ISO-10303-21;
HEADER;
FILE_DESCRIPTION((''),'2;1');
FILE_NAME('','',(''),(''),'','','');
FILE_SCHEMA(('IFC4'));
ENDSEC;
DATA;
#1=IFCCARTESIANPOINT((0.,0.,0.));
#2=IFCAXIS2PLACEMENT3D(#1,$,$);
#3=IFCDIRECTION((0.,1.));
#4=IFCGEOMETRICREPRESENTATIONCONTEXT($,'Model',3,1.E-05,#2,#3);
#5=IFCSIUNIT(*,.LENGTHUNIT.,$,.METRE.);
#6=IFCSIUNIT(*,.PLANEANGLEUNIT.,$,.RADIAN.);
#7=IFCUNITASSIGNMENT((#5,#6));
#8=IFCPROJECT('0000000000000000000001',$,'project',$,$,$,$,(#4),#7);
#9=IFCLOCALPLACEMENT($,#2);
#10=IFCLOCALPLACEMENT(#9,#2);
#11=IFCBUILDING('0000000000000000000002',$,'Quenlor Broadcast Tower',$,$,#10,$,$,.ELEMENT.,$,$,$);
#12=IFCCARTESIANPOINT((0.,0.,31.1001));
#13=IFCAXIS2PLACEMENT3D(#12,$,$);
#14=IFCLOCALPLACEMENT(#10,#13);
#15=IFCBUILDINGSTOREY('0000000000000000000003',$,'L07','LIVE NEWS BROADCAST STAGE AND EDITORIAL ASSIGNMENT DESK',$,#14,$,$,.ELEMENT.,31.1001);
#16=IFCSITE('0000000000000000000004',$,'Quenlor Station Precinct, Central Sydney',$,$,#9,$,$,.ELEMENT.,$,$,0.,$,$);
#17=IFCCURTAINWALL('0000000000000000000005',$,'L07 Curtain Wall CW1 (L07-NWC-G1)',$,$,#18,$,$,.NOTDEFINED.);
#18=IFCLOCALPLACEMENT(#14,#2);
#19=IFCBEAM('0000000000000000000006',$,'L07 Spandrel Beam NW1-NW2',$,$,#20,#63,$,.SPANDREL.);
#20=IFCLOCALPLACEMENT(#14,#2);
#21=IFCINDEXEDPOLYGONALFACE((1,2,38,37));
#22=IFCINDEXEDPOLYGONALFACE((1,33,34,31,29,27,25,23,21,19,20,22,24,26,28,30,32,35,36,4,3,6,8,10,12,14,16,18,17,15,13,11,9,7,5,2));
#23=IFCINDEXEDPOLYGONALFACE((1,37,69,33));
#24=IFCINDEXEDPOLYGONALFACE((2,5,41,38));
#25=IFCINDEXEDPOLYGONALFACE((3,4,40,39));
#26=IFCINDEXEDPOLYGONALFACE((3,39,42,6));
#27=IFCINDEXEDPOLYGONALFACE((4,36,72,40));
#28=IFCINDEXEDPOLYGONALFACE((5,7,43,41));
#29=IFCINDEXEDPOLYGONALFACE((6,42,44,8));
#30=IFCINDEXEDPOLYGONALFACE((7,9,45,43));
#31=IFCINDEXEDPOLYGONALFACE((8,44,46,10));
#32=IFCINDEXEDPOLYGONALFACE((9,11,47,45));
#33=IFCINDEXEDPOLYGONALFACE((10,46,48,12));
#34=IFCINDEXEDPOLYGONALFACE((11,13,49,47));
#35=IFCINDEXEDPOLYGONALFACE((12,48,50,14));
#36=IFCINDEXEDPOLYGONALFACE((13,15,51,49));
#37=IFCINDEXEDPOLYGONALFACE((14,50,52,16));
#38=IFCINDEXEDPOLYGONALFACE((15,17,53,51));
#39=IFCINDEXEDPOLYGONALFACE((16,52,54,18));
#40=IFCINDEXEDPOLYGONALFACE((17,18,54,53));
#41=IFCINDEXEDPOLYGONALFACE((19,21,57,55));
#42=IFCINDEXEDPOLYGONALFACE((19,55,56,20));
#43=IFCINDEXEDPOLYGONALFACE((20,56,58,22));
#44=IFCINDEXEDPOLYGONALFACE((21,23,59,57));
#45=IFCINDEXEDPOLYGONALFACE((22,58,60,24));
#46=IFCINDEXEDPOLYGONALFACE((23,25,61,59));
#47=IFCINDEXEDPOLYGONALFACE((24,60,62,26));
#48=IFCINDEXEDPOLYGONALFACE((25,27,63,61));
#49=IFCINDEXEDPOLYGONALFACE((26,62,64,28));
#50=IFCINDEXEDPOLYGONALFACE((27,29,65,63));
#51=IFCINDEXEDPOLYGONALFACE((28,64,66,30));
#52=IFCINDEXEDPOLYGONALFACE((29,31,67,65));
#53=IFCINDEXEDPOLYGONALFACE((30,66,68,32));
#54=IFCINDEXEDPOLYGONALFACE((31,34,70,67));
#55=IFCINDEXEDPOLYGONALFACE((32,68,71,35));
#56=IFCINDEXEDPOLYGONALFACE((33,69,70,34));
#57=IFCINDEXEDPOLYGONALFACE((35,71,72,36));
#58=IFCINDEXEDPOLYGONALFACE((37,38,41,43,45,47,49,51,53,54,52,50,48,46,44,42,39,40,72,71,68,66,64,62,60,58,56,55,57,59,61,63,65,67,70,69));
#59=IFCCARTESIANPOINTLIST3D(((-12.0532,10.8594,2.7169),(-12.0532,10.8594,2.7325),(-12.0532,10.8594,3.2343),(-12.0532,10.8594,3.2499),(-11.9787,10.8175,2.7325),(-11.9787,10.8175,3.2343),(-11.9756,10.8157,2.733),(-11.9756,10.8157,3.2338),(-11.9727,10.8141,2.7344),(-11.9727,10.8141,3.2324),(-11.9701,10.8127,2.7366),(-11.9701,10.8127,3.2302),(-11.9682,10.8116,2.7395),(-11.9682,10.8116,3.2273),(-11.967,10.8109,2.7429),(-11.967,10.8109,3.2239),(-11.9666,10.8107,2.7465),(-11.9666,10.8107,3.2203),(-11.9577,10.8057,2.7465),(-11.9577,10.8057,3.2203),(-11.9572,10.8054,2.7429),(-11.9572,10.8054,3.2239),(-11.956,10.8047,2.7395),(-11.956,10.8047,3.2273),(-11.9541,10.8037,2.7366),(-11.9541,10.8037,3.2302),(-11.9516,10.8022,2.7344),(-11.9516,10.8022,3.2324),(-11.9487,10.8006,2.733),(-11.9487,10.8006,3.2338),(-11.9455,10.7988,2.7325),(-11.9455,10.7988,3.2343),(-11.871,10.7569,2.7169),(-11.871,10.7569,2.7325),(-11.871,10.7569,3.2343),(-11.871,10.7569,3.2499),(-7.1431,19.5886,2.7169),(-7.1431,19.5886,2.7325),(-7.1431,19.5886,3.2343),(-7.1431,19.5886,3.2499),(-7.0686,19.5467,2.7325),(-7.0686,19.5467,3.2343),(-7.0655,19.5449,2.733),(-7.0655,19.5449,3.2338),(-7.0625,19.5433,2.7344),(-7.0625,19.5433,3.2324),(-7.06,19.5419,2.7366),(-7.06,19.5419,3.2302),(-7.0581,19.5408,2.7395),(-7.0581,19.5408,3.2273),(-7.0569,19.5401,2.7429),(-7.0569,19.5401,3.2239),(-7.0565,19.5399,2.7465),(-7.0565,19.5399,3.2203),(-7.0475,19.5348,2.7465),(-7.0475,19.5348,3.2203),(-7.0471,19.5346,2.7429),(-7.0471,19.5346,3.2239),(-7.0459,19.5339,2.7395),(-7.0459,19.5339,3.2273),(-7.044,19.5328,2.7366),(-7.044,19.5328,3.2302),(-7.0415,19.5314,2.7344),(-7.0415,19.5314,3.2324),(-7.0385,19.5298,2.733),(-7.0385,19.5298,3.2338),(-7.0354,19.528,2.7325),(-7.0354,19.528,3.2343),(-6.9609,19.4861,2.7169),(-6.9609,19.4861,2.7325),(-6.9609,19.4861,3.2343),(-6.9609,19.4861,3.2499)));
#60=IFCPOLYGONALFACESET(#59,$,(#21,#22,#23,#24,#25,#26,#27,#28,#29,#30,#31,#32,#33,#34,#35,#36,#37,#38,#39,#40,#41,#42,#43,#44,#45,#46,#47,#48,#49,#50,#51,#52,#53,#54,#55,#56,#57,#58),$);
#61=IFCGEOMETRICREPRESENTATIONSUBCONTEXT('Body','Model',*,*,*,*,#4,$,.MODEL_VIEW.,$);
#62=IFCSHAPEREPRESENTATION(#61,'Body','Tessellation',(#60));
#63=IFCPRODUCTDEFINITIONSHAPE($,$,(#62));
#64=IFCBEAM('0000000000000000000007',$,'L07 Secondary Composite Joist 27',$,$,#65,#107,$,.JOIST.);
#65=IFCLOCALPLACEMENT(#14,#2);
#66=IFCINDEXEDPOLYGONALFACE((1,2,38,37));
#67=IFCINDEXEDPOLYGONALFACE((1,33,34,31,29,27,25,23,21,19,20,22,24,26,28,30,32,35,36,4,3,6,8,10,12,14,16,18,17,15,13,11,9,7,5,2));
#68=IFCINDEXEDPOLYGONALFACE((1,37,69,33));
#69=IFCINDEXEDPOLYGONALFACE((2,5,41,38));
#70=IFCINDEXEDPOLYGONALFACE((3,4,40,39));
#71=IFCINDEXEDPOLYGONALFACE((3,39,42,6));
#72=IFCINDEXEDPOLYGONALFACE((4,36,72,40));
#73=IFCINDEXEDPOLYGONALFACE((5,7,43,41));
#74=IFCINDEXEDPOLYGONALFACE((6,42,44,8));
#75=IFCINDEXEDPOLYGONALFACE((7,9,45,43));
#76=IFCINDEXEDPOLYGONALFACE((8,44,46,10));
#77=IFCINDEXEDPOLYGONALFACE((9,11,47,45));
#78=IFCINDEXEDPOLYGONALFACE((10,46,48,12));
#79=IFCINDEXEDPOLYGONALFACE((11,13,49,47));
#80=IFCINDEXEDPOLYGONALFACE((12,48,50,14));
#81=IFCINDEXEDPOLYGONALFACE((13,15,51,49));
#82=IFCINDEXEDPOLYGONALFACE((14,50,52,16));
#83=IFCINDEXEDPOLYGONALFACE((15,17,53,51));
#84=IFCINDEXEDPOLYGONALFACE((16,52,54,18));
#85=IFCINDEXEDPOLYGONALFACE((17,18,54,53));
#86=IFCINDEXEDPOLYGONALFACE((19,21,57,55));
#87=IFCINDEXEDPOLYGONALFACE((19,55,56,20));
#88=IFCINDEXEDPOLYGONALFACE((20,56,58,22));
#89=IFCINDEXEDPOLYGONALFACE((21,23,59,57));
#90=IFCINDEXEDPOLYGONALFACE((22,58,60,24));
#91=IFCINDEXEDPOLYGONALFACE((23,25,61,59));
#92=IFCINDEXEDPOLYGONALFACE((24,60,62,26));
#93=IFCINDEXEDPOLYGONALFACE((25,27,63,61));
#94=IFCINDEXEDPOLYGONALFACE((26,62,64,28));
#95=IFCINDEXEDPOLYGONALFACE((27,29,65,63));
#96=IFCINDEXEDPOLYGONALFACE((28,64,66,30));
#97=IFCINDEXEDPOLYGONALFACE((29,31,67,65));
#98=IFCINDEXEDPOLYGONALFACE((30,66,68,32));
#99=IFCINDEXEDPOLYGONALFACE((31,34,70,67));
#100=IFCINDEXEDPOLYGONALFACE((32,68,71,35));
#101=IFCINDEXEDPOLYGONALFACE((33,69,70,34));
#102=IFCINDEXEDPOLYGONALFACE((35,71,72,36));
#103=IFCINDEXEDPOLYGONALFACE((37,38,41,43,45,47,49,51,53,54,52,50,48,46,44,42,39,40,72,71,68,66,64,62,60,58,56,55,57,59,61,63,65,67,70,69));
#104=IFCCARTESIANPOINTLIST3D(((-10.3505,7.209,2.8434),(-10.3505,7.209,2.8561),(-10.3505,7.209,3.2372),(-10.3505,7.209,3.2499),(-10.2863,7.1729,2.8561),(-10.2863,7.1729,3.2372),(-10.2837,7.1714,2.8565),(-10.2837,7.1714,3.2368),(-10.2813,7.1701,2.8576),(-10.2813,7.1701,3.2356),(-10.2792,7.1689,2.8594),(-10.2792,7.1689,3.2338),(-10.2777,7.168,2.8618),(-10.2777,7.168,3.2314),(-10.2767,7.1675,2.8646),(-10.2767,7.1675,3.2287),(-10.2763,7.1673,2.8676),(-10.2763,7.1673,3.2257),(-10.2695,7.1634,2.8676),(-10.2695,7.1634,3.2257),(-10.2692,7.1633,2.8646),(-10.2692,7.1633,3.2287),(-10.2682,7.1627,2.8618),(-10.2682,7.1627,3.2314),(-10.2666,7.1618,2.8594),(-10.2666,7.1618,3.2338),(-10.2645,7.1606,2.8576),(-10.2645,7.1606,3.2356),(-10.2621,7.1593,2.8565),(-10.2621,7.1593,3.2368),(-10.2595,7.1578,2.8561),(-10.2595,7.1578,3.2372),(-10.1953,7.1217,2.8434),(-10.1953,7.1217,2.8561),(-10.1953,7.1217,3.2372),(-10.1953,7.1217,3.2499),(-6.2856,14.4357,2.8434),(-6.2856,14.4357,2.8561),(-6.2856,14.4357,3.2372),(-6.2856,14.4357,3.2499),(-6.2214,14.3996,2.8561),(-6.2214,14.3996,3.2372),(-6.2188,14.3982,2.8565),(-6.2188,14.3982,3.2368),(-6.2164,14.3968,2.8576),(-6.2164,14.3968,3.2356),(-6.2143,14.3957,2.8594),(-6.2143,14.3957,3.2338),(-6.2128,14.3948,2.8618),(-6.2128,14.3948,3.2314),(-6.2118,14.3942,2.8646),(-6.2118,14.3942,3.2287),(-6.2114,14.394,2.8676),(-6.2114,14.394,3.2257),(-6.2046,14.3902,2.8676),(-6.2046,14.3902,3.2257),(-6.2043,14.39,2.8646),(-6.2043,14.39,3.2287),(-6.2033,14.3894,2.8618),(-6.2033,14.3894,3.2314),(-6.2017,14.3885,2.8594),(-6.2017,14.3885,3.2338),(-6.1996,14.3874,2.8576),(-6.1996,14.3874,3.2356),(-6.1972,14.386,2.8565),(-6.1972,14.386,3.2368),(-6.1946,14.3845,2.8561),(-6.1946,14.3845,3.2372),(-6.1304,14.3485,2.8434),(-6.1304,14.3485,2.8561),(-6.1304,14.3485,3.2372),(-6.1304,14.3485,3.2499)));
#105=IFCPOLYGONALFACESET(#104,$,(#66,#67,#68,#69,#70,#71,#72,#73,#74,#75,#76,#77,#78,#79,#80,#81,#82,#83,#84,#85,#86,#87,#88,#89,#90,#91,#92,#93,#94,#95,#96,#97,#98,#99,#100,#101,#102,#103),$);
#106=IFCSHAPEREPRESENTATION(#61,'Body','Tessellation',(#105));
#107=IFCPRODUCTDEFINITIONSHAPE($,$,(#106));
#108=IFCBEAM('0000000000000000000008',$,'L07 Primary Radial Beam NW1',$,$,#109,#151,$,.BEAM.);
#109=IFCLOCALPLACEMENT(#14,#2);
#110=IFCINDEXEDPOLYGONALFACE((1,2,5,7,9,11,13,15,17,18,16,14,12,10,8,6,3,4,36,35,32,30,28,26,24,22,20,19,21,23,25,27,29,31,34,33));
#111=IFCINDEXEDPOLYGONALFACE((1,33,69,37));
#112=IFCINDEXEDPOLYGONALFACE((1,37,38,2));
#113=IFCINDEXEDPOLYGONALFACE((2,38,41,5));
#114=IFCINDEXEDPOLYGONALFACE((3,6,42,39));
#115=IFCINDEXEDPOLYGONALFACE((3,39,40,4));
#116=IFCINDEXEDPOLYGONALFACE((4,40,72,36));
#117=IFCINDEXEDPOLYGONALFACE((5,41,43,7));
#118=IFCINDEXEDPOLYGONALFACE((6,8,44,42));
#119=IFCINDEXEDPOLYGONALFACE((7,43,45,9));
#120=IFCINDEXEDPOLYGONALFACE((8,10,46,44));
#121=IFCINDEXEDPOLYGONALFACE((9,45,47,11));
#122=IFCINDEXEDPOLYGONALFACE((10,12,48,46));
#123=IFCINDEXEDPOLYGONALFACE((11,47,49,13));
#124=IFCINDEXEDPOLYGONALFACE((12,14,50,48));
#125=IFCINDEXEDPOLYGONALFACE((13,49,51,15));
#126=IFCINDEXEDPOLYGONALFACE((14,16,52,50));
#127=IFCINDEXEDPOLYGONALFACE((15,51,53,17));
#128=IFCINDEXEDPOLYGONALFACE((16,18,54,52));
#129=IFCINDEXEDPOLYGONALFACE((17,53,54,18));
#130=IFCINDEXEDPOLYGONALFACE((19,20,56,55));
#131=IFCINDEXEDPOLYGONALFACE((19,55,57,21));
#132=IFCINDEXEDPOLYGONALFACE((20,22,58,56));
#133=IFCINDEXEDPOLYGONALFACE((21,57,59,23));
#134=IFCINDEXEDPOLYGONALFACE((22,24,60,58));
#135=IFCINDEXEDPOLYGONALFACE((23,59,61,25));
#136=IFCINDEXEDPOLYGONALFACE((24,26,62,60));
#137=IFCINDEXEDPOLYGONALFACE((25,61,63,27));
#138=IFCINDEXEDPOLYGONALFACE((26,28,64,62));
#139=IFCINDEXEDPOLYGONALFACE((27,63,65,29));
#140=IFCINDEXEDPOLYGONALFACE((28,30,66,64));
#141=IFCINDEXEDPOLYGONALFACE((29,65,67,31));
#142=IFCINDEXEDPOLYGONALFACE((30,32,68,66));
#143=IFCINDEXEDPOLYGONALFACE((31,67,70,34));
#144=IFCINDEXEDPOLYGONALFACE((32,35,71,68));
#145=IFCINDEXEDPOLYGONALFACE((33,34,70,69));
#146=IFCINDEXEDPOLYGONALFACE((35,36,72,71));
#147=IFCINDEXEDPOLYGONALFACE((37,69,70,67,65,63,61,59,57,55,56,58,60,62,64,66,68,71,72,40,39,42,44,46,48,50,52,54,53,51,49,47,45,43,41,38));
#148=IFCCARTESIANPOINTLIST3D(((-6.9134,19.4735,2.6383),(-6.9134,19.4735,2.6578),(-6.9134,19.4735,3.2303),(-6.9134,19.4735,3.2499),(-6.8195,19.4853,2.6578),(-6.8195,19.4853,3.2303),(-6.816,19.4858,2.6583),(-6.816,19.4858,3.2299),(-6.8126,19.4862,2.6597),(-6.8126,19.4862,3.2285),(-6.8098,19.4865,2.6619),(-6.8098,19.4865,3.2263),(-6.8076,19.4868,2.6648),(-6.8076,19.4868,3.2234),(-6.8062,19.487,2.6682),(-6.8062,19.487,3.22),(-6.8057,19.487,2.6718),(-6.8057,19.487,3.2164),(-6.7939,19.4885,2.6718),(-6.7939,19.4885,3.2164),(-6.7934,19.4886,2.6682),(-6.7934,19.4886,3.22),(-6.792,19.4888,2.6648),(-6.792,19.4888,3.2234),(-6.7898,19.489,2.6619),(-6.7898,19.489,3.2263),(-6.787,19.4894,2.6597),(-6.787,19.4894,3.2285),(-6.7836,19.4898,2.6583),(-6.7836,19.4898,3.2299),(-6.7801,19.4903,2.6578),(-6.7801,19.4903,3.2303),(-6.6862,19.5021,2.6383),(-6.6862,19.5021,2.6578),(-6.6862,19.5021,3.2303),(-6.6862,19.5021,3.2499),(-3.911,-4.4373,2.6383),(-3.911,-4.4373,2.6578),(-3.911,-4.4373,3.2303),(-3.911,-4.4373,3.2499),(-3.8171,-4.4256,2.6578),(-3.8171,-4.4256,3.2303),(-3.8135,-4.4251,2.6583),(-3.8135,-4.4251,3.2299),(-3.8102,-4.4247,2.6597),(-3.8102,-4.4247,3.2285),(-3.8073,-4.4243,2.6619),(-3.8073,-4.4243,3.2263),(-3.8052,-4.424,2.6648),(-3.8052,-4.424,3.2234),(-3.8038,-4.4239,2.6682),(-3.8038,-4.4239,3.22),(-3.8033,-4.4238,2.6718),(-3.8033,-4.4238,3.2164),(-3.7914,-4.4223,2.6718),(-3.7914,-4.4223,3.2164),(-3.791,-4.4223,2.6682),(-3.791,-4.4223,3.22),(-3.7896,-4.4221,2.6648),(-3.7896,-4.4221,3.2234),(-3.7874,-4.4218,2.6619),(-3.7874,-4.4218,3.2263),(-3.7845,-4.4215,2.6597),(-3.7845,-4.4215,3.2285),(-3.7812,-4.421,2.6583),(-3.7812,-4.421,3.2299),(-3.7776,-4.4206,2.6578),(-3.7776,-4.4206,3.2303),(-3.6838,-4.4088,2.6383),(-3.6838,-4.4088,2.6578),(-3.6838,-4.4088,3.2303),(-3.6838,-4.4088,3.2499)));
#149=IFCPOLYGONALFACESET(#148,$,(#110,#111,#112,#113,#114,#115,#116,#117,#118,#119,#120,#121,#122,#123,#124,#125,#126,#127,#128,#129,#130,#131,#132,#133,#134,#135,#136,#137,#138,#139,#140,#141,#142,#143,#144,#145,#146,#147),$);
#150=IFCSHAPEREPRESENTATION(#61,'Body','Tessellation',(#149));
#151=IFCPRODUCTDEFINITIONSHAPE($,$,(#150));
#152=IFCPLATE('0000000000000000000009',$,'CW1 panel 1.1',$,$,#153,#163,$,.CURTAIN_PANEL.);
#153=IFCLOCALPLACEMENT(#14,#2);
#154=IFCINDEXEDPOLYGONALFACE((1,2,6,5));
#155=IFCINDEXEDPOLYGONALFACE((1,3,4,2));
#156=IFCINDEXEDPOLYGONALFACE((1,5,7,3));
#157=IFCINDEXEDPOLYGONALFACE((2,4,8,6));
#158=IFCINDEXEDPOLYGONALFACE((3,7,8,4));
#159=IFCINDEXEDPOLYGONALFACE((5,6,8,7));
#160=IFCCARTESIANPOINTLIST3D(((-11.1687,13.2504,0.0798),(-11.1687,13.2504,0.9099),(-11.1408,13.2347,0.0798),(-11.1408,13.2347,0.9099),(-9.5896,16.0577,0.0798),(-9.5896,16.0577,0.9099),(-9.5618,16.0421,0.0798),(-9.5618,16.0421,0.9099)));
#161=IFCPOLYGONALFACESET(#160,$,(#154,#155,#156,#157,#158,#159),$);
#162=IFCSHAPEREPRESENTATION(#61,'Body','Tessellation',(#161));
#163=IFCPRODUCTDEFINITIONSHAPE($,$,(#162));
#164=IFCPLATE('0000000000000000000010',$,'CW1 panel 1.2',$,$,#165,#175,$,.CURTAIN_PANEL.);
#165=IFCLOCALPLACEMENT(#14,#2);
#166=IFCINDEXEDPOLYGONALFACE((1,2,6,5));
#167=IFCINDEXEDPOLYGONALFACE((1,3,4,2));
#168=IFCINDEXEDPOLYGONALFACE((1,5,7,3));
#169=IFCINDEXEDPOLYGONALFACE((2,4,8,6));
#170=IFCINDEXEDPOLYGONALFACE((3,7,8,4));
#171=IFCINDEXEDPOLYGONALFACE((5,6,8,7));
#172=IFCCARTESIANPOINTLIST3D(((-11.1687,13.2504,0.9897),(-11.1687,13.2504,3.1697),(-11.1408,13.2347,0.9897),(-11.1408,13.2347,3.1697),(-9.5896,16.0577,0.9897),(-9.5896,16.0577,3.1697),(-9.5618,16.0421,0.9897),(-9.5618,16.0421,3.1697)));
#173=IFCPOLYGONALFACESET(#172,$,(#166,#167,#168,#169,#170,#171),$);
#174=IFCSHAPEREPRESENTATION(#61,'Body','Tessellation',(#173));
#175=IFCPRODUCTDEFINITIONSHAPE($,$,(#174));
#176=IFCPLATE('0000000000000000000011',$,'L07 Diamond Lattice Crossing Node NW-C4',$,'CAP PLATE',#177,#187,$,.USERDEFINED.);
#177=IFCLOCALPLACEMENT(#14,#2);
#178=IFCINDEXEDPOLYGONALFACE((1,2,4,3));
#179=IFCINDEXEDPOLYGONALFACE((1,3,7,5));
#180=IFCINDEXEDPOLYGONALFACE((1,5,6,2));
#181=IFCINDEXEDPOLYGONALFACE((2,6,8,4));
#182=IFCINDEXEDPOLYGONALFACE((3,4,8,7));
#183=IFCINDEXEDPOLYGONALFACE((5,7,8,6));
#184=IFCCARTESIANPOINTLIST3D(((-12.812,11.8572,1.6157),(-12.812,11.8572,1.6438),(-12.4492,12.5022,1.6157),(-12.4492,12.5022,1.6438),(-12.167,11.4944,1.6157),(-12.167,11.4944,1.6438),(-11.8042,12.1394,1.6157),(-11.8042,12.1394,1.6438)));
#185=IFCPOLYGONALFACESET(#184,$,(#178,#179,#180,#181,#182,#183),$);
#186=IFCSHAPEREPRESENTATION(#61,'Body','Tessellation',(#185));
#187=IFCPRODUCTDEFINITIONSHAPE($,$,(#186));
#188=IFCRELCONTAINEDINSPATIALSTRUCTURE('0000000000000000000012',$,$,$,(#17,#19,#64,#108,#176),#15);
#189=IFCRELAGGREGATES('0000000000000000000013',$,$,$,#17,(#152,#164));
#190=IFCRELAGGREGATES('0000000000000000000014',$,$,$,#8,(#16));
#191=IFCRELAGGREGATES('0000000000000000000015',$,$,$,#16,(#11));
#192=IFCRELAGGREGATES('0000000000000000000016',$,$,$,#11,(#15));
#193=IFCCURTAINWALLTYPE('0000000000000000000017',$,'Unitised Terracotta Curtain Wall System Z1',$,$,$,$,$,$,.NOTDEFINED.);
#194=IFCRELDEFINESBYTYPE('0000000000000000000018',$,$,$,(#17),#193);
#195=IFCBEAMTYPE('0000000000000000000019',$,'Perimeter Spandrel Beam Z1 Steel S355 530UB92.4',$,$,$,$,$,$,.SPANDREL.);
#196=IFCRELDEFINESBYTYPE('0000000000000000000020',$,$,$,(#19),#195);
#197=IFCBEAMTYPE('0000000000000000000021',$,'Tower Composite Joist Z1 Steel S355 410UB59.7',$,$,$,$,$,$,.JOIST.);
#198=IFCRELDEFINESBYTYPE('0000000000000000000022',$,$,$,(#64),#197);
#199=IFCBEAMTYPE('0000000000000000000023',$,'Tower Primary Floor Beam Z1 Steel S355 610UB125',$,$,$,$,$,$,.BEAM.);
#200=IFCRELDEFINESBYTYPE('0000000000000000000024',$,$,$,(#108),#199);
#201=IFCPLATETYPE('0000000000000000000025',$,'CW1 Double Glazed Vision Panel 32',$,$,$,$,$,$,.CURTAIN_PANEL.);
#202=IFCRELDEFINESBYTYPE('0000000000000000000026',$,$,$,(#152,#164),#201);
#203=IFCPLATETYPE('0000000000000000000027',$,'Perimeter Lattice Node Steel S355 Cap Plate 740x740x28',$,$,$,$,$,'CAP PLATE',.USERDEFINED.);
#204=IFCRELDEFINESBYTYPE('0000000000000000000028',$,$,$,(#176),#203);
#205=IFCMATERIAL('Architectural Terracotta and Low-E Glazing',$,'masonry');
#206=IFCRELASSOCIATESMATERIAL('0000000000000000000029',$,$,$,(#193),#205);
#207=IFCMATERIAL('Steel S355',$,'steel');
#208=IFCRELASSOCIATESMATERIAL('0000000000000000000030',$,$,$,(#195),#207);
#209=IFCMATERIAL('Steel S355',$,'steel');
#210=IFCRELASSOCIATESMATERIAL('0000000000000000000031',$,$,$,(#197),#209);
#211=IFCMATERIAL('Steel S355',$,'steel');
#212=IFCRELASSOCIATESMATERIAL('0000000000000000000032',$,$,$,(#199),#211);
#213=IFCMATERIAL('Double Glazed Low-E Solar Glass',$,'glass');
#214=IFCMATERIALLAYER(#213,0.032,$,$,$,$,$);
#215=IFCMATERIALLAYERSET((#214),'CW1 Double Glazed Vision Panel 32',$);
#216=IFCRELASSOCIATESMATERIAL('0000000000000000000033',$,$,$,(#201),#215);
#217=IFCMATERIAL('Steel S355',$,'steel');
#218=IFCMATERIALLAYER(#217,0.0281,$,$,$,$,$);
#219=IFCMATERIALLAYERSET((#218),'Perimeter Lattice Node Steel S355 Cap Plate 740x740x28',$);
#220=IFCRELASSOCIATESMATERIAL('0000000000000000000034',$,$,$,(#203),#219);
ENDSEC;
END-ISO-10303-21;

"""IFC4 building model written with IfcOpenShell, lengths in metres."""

from ifc_helpers import new_model, si_unit, direction, frame, origin, origin_2d, place, context, subcontext, project, spatial, rectangle, i_section, extrude, material, layer, layer_set, material_profile, profile_set, type_object, element, aggregate, save


model = new_model("IFC4")

# Units and contexts
model_context = context("Model", 3, precision=1e-05, world=origin(), true_north=direction((0.0, 1.0)))
body_context = subcontext(model_context, "Body", "Model", "MODEL_VIEW")
ifc_project = project(units=[si_unit("LENGTHUNIT", "METRE"), si_unit("PLANEANGLEUNIT", "RADIAN")], contexts=[model_context])

# Site, building, storey
site_placement = place(None, origin())
site = spatial("IfcSite", under=ifc_project, at=site_placement, Name="Quenlor Station Precinct, Central Sydney", CompositionType="ELEMENT", RefElevation=0.0)
building_placement = place(site_placement, origin())
building = spatial("IfcBuilding", under=site, at=building_placement, Name="Quenlor Broadcast Tower", CompositionType="ELEMENT")
storey_placement = place(building_placement, frame((0.0, 0.0, 31.1001)))
storey = spatial("IfcBuildingStorey", under=building, at=storey_placement, Name="L07", Description="LIVE NEWS BROADCAST STAGE AND EDITORIAL ASSIGNMENT DESK", CompositionType="ELEMENT", Elevation=31.1001)

# Curtain wall
ifc_material_1 = material(Name="Architectural Terracotta and Low-E Glazing", Category="masonry")
curtain_wall_type = type_object("IfcCurtainWallType", Name="Unitised Terracotta Curtain Wall System Z1", PredefinedType="NOTDEFINED", material=ifc_material_1)
curtain_wall_placement = place(storey_placement, origin())
curtain_wall = element("IfcCurtainWall", 1, at=curtain_wall_placement, inside=storey, type_object=curtain_wall_type, Name="L07 Curtain Wall CW1 (L07-NWC-G1)", PredefinedType="NOTDEFINED")

# Beams
ifc_material_2 = material(Name="Steel S355", Category="steel")
ifc_material_profile_1 = material_profile(ifc_material_2, i_section(OverallWidth=0.209, OverallDepth=0.533, WebThickness=0.0103, FlangeThickness=0.0156, FilletRadius=0.0139, at=origin_2d()))
ifc_profile_set_1 = profile_set([ifc_material_profile_1], Name="Steel S355 530UB92.4")
beam_type_1 = type_object("IfcBeamType", Name="Perimeter Spandrel Beam Z1 Steel S355 530UB92.4", PredefinedType="SPANDREL", material=ifc_profile_set_1)
beam_1_placement = place(storey_placement, frame((-7.052, 19.5374, 2.9834), z_axis=(-0.490258, -0.871577, 0.0), x_axis=(0.871577, -0.490258, 0.0)))
element("IfcBeam", 2, at=beam_1_placement, inside=storey, type_object=beam_type_1, Name="L07 Spandrel Beam NW1-NW2", PredefinedType="SPANDREL", context=body_context, shape_type="SweptSolid", body=[
    extrude(i_section(OverallWidth=0.209, OverallDepth=0.533, WebThickness=0.0103, FlangeThickness=0.0156, FilletRadius=0.0139, at=origin_2d()), origin(), (0.0, 0.0, 1.0), 10.0154),
])
ifc_material_3 = material(Name="Steel S355", Category="steel")
ifc_material_profile_2 = material_profile(ifc_material_3, i_section(OverallWidth=0.178, OverallDepth=0.4065, WebThickness=0.0078, FlangeThickness=0.0127, FilletRadius=0.0115, at=origin_2d()))
ifc_profile_set_2 = profile_set([ifc_material_profile_2], Name="Steel S355 410UB59.7")
beam_type_2 = type_object("IfcBeamType", Name="Tower Composite Joist Z1 Steel S355 410UB59.7", PredefinedType="JOIST", material=ifc_profile_set_2)
beam_2_placement = place(storey_placement, frame((-6.208, 14.3921, 3.0466), z_axis=(-0.490249, -0.871583, 0.0), x_axis=(0.871583, -0.490249, 0.0)))
element("IfcBeam", 3, at=beam_2_placement, inside=storey, type_object=beam_type_2, Name="L07 Secondary Composite Joist 27", PredefinedType="JOIST", context=body_context, shape_type="SweptSolid", body=[
    extrude(i_section(OverallWidth=0.178, OverallDepth=0.4065, WebThickness=0.0078, FlangeThickness=0.0127, FilletRadius=0.0115, at=origin_2d()), origin(), (0.0, 0.0, 1.0), 8.2915),
])
ifc_material_4 = material(Name="Steel S355", Category="steel")
ifc_material_profile_3 = material_profile(ifc_material_4, i_section(OverallWidth=0.229, OverallDepth=0.6116, WebThickness=0.012, FlangeThickness=0.0195, FilletRadius=0.0139, at=origin_2d()))
ifc_profile_set_3 = profile_set([ifc_material_profile_3], Name="Steel S355 610UB125")
beam_type_3 = type_object("IfcBeamType", Name="Tower Primary Floor Beam Z1 Steel S355 610UB125", PredefinedType="BEAM", material=ifc_profile_set_3)
beam_3_placement = place(storey_placement, frame((-6.7998, 19.4878, 2.9441), z_axis=(0.12459, -0.992208, 0.0), x_axis=(0.992208, 0.12459, 0.0)))
element("IfcBeam", 4, at=beam_3_placement, inside=storey, type_object=beam_type_3, Name="L07 Primary Radial Beam NW1", PredefinedType="BEAM", context=body_context, shape_type="SweptSolid", body=[
    extrude(i_section(OverallWidth=0.229, OverallDepth=0.6116, WebThickness=0.012, FlangeThickness=0.0195, FilletRadius=0.0139, at=origin_2d()), origin(), (0.0, 0.0, 1.0), 24.0986),
])

# Plates
ifc_material_5 = material(Name="Double Glazed Low-E Solar Glass", Category="glass")
ifc_layer_1 = layer(ifc_material_5, 0.032)
ifc_layer_set_1 = layer_set([ifc_layer_1], Name="CW1 Double Glazed Vision Panel 32")
plate_type_1 = type_object("IfcPlateType", Name="CW1 Double Glazed Vision Panel 32", PredefinedType="CURTAIN_PANEL", material=ifc_layer_set_1)
plate_1_placement = place(storey_placement, frame((-10.3652, 14.6462, 0.0798), z_axis=(0.0, 0.0, 1.0), x_axis=(0.490244, 0.871585, 0.0)))
plate_1 = element("IfcPlate", 5, at=plate_1_placement, type_object=plate_type_1, Name="CW1 panel 1.1", PredefinedType="CURTAIN_PANEL", context=body_context, shape_type="SweptSolid", body=[
    extrude(rectangle(XDim=3.2209, YDim=0.032, at=origin_2d()), origin(), (0.0, 0.0, 1.0), 0.8301),
])
plate_2_placement = place(storey_placement, frame((-10.3652, 14.6462, 0.9897), z_axis=(0.0, 0.0, 1.0), x_axis=(0.490244, 0.871585, 0.0)))
plate_2 = element("IfcPlate", 6, at=plate_2_placement, type_object=plate_type_1, Name="CW1 panel 1.2", PredefinedType="CURTAIN_PANEL", context=body_context, shape_type="SweptSolid", body=[
    extrude(rectangle(XDim=3.2209, YDim=0.032, at=origin_2d()), origin(), (0.0, 0.0, 1.0), 2.1799),
])
aggregate(curtain_wall, [plate_1, plate_2])

# Plate
ifc_material_6 = material(Name="Steel S355", Category="steel")
ifc_layer_2 = layer(ifc_material_6, 0.0281)
ifc_layer_set_2 = layer_set([ifc_layer_2], Name="Perimeter Lattice Node Steel S355 Cap Plate 740x740x28")
plate_type_2 = type_object("IfcPlateType", Name="Perimeter Lattice Node Steel S355 Cap Plate 740x740x28", ElementType="CAP PLATE", PredefinedType="USERDEFINED", material=ifc_layer_set_2)
for number, where, z_axis, x_axis, name in (
    (7, (-12.3081, 11.9983, 1.6157), (0.0, 0.0, 1.0), (0.490295, 0.871556, 0.0), "L07 Diamond Lattice Crossing Node NW-C4"),
):
    element("IfcPlate", number, at=place(storey_placement, frame(where, z_axis=z_axis, x_axis=x_axis)), inside=storey, type_object=plate_type_2, Name=name, ObjectType="CAP PLATE", PredefinedType="USERDEFINED", context=body_context, shape_type="SweptSolid", body=[
        extrude(rectangle(XDim=0.74, YDim=0.74, at=origin_2d()), origin(), (0.0, 0.0, 1.0), 0.0281),
    ])

save(model, "model.ifc")
